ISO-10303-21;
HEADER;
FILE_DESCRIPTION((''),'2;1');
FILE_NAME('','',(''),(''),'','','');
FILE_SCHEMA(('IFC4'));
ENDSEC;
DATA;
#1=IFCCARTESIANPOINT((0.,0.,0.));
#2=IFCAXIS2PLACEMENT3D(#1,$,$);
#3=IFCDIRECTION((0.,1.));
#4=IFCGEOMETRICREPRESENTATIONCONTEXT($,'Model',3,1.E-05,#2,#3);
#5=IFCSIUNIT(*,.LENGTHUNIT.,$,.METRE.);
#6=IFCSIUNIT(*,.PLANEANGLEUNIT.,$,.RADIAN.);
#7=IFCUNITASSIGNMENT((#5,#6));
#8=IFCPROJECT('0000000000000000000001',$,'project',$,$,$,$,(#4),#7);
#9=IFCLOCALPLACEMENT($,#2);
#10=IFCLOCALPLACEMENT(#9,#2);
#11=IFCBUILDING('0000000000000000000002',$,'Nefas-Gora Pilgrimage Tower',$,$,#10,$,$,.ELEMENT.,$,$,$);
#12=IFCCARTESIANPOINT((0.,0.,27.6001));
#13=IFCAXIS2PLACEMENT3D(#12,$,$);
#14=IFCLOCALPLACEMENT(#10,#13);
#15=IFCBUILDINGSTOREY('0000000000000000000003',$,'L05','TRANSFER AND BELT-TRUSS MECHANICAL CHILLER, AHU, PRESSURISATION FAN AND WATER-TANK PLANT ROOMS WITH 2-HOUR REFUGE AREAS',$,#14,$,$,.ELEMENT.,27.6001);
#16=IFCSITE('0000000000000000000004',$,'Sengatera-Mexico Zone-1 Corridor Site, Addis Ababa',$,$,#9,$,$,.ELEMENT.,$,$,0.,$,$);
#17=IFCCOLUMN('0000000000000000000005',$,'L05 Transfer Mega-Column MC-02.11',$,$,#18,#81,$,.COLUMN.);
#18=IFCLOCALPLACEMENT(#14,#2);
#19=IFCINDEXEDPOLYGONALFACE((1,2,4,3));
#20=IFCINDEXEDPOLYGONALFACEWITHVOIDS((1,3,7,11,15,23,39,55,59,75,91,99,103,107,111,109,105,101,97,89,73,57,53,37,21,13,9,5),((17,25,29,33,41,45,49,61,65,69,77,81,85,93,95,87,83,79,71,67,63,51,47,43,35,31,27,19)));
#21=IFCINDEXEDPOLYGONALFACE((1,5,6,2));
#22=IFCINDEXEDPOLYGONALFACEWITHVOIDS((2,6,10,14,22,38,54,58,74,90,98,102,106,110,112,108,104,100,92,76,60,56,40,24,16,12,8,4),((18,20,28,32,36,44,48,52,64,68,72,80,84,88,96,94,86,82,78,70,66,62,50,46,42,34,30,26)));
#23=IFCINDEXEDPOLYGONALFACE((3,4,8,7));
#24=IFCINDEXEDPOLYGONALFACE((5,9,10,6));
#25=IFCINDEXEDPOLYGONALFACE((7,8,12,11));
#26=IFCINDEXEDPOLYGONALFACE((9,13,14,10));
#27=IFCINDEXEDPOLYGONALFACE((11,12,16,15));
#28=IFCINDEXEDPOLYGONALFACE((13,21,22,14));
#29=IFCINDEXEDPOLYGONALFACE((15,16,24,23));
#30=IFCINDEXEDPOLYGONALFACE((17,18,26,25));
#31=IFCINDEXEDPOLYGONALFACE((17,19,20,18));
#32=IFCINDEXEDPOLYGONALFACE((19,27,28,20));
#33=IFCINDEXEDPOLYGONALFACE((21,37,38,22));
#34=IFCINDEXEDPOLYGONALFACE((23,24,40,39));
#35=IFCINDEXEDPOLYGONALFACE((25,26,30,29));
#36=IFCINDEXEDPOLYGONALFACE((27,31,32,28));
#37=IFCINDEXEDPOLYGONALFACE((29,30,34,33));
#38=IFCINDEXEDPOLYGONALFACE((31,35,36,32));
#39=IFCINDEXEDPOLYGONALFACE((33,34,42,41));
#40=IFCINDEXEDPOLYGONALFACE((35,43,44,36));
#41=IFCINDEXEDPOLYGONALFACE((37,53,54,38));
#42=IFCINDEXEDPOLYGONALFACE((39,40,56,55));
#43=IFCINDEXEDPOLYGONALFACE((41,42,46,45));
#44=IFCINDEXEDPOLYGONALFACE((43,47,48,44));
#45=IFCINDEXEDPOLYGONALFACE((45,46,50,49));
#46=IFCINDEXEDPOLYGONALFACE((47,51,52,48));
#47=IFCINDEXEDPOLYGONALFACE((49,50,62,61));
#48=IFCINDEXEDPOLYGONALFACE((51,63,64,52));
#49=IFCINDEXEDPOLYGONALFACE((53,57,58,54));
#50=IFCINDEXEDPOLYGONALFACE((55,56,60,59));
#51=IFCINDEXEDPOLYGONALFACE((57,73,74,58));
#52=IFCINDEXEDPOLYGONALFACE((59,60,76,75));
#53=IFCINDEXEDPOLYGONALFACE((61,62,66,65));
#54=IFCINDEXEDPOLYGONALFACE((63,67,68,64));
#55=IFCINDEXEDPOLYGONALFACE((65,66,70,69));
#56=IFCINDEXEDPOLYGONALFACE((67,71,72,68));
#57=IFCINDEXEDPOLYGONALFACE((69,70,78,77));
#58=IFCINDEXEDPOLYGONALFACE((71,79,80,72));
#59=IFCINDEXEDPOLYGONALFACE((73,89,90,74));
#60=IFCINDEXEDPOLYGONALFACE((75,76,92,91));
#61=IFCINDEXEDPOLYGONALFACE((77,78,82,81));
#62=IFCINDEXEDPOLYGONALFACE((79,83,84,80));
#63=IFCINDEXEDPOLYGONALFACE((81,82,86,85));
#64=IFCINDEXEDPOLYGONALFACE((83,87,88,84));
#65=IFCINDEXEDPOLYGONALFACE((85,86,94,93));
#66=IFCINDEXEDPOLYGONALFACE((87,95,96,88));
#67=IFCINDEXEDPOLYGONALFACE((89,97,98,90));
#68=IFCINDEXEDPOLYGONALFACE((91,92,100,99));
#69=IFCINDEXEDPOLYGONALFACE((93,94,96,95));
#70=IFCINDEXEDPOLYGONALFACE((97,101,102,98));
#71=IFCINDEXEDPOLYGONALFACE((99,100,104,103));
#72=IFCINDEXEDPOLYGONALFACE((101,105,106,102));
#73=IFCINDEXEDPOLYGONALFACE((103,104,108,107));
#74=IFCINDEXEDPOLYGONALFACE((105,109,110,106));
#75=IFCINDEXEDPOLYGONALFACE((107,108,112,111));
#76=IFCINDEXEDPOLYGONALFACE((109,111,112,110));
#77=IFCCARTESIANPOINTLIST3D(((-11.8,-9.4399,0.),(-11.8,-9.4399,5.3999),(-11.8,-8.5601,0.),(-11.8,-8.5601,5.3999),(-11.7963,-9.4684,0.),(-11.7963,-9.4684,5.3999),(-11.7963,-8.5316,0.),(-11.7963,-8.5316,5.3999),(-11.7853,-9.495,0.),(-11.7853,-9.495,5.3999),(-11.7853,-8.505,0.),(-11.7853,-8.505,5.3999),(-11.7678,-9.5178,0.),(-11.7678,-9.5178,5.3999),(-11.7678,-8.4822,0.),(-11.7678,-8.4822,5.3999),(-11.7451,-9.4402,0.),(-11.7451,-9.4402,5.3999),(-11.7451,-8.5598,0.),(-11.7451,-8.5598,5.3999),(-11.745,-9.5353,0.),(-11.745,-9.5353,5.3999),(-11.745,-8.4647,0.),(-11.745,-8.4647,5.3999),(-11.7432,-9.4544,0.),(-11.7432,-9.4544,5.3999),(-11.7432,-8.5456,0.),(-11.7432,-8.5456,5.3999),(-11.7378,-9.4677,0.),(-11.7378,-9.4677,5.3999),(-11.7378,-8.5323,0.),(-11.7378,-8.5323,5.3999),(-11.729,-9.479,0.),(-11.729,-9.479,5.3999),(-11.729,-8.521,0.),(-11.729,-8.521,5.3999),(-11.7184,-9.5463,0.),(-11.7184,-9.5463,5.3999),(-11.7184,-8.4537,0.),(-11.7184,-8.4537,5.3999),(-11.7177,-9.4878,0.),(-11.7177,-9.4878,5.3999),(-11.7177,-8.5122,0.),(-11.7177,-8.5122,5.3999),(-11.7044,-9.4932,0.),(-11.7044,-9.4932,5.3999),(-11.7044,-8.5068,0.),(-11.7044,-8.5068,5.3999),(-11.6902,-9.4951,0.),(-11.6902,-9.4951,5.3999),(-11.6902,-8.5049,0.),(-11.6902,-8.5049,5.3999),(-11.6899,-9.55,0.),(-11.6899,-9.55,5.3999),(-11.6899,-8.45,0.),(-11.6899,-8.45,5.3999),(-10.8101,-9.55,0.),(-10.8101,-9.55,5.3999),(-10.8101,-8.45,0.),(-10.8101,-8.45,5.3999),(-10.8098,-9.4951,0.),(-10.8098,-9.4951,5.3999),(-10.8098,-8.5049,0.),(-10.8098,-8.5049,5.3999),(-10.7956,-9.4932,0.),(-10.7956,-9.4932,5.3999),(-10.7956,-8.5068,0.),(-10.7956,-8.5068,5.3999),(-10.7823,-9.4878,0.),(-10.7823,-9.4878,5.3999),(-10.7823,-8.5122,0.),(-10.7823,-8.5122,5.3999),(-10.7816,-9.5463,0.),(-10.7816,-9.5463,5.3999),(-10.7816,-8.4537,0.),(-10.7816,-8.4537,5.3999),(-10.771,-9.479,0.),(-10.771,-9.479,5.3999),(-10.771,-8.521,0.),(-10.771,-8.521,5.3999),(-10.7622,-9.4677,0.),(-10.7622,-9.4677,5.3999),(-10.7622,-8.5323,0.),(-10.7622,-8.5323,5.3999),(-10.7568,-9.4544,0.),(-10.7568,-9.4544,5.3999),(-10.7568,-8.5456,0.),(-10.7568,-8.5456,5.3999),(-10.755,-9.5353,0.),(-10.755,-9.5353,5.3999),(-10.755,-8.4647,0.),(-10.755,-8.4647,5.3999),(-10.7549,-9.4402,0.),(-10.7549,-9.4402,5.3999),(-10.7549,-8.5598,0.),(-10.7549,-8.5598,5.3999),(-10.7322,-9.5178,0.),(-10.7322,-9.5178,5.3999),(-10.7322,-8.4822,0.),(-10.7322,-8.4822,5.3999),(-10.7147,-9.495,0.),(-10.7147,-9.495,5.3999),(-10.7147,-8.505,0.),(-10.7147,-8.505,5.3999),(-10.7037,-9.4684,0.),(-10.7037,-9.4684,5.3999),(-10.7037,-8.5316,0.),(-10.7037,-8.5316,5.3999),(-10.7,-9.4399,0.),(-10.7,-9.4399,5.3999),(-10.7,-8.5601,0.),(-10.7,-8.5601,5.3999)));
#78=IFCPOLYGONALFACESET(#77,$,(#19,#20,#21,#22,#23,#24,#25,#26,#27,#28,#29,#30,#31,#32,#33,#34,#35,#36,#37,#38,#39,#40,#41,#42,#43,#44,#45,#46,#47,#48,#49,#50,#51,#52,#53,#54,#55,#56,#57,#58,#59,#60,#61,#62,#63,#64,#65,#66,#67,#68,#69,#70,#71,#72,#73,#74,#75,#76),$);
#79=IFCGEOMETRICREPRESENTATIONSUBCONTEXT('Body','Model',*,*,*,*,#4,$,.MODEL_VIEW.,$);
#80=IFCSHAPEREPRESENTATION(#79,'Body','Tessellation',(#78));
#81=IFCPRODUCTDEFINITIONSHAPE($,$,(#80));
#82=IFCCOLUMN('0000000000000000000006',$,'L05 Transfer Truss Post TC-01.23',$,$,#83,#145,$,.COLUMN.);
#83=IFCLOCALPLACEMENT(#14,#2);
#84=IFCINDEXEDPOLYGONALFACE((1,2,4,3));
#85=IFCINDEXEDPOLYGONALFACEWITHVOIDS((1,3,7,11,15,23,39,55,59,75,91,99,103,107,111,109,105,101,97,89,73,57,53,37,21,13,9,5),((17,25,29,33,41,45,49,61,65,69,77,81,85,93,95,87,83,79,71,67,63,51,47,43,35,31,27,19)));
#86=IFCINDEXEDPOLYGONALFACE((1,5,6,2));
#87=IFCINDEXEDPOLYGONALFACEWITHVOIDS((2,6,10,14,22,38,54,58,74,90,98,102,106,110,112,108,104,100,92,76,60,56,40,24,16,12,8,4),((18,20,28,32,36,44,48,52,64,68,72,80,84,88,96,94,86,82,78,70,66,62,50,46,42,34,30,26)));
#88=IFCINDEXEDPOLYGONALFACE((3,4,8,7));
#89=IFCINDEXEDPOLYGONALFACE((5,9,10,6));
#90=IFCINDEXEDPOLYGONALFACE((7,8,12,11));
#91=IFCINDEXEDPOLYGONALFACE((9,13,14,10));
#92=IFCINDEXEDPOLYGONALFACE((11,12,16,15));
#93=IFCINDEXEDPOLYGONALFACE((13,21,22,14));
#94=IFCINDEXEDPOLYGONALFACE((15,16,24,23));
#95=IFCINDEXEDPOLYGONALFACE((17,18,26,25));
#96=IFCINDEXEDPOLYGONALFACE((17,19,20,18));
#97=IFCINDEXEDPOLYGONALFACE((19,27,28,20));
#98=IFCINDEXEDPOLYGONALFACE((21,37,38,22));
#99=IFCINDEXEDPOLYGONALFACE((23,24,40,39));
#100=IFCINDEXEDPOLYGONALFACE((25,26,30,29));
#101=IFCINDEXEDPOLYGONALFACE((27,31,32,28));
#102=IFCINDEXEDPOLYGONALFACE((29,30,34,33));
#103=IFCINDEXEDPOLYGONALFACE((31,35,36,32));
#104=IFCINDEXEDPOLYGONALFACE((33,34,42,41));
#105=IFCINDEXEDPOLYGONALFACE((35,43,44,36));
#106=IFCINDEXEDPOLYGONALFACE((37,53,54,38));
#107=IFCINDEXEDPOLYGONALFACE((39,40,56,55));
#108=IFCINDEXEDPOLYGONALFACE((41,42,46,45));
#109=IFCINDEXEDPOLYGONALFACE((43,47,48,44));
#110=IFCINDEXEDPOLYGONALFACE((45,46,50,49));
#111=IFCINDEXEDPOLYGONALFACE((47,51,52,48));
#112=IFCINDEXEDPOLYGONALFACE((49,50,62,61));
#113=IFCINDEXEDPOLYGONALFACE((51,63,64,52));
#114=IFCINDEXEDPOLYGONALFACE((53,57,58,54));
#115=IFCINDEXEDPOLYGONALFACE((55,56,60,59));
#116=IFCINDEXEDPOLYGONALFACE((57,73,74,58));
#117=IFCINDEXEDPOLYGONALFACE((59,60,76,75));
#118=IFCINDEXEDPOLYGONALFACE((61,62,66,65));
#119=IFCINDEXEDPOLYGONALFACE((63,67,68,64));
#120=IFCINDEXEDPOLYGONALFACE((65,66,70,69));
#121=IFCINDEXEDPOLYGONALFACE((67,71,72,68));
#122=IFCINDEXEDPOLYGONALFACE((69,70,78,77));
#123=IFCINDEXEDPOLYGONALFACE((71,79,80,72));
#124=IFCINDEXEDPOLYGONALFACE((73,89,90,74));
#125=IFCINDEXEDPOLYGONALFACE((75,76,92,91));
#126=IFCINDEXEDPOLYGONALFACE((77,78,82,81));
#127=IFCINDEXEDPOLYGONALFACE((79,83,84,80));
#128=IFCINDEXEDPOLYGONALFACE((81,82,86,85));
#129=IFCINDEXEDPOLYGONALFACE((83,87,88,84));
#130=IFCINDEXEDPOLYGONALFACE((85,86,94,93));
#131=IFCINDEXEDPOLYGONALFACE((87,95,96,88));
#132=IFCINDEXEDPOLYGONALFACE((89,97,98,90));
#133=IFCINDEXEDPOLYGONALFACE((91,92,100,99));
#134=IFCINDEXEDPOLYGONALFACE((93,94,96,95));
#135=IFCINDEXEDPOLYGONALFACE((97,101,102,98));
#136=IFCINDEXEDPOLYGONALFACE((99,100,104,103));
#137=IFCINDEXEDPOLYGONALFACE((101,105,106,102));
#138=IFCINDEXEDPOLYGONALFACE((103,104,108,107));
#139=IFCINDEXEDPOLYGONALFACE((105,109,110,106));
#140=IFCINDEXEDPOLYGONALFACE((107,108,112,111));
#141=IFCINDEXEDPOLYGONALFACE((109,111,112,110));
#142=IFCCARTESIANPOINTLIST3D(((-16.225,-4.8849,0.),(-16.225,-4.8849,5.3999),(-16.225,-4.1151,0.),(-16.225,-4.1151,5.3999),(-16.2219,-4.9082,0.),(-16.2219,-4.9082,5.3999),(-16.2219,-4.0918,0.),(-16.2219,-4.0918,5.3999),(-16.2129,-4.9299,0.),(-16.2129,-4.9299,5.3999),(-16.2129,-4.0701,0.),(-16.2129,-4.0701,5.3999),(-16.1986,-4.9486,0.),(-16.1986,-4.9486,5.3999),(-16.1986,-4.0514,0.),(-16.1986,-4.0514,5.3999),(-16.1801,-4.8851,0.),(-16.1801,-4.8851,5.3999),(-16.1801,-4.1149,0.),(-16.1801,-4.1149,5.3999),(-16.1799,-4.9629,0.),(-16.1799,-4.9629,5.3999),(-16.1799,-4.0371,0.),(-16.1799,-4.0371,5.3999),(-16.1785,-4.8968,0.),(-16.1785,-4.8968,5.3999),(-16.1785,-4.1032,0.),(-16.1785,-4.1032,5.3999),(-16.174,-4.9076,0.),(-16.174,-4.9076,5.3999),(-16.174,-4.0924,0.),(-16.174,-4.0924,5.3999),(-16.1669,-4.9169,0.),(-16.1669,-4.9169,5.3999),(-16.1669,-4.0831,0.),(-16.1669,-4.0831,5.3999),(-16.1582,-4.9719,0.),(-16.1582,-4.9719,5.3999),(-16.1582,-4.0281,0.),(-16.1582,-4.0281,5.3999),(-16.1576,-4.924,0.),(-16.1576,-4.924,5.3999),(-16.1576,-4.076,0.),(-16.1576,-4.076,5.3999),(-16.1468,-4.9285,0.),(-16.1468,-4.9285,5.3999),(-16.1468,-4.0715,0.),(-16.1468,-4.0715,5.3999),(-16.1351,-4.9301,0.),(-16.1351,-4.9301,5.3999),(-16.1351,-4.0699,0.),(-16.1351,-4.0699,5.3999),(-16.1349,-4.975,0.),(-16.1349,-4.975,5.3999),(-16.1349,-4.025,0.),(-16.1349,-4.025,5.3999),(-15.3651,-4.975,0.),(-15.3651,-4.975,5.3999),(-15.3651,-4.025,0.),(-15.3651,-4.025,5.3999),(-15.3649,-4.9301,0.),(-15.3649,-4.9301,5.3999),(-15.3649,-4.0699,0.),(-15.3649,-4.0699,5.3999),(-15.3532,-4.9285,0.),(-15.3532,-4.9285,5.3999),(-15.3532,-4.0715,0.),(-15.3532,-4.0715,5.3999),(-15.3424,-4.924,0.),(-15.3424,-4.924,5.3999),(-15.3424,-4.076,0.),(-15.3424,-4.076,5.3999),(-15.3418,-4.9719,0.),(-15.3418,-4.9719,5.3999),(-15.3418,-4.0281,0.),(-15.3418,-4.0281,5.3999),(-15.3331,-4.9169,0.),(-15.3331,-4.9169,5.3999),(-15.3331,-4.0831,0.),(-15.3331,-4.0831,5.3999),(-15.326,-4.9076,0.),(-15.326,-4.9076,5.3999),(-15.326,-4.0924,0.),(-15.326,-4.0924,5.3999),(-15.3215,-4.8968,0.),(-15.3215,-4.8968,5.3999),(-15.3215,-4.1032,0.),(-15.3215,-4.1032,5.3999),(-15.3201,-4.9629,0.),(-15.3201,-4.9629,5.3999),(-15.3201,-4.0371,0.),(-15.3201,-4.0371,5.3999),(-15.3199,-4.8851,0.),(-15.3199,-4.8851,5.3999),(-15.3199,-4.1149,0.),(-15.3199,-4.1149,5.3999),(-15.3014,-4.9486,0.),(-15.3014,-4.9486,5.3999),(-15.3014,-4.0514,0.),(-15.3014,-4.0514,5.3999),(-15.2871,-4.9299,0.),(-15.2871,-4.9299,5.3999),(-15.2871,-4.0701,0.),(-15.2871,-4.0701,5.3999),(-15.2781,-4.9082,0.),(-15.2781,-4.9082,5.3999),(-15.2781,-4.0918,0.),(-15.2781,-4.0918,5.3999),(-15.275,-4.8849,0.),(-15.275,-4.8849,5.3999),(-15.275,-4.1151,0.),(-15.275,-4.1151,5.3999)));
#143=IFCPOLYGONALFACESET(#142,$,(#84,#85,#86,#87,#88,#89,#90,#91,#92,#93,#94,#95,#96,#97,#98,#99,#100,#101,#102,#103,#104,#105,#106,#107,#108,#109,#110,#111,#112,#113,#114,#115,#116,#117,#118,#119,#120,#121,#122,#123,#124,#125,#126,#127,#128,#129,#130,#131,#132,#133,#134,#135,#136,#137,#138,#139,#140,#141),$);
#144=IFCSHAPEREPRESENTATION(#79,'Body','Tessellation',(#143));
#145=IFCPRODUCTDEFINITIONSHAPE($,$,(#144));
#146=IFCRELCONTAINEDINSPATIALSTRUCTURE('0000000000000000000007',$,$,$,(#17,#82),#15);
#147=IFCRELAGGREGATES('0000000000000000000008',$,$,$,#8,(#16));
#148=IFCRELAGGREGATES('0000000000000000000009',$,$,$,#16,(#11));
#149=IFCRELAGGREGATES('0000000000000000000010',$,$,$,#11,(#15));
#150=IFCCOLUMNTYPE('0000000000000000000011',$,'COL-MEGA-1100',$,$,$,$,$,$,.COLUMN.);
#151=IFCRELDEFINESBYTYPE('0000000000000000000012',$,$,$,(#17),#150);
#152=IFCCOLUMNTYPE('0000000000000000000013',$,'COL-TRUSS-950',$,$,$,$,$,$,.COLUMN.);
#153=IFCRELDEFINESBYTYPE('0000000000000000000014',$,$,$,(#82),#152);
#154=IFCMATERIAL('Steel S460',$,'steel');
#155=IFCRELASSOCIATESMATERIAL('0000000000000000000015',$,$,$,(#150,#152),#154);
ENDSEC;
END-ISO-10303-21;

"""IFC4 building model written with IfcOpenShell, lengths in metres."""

from ifc_helpers import new_model, si_unit, direction, frame, origin, origin_2d, place, context, subcontext, project, spatial, hollow_rectangle, extrude, source, transform, mapped, material, material_profile, profile_set, type_object, element, save


model = new_model("IFC4")

# Units and contexts
model_context = context("Model", 3, precision=1e-05, world=origin(), true_north=direction((0.0, 1.0)))
body_context = subcontext(model_context, "Body", "Model", "MODEL_VIEW")
ifc_project = project(units=[si_unit("LENGTHUNIT", "METRE"), si_unit("PLANEANGLEUNIT", "RADIAN")], contexts=[model_context])

# Site, building, storey
site_placement = place(None, origin())
site = spatial("IfcSite", under=ifc_project, at=site_placement, Name="Sengatera-Mexico Zone-1 Corridor Site, Addis Ababa", CompositionType="ELEMENT", RefElevation=0.0)
building_placement = place(site_placement, origin())
building = spatial("IfcBuilding", under=site, at=building_placement, Name="Nefas-Gora Pilgrimage Tower", CompositionType="ELEMENT")
storey_placement = place(building_placement, frame((0.0, 0.0, 27.6001)))
storey = spatial("IfcBuildingStorey", under=building, at=storey_placement, Name="L05", Description="TRANSFER AND BELT-TRUSS MECHANICAL CHILLER, AHU, PRESSURISATION FAN AND WATER-TANK PLANT ROOMS WITH 2-HOUR REFUGE AREAS", CompositionType="ELEMENT", Elevation=27.6001)

# Columns
ifc_material_1 = material(Name="Steel S460", Category="steel")
ifc_material_profile_1 = material_profile(ifc_material_1, hollow_rectangle(XDim=1.1001, YDim=1.1001, WallThickness=0.0549, InnerFilletRadius=0.0549, OuterFilletRadius=0.1101, at=origin_2d()), Name="BOX 1100x1100x55")
ifc_profile_set_1 = profile_set([ifc_material_profile_1], Name="Steel S460")
column_type_1 = type_object("IfcColumnType", Name="COL-MEGA-1100", PredefinedType="COLUMN", material=ifc_profile_set_1)
shared_shape_1 = source(origin(), body_context, "Body", "SweptSolid", [
    extrude(hollow_rectangle(XDim=1.1001, YDim=1.1001, WallThickness=0.0549, InnerFilletRadius=0.0549, OuterFilletRadius=0.1101, at=origin_2d()), origin(), (0.0, 0.0, 1.0), 5.3999),
])
column_placement = place(storey_placement, frame((-11.25, -9.0, 0.0), z_axis=(0.0, 0.0, 1.0), x_axis=(1.0, 0.0, 0.0)))
element("IfcColumn", 1, at=column_placement, inside=storey, type_object=column_type_1, Name="L05 Transfer Mega-Column MC-02.11", PredefinedType="COLUMN", context=body_context, shape_type="MappedRepresentation", body=[
    mapped(shared_shape_1, transform((0.0, 0.0, 0.0), x_axis=(1.0, 0.0, 0.0), y_axis=(0.0, 1.0, 0.0), z_axis=(0.0, 0.0, 1.0), scale=1.0)),
])
ifc_material_profile_2 = material_profile(ifc_material_1, hollow_rectangle(XDim=0.95, YDim=0.95, WallThickness=0.0449, InnerFilletRadius=0.0449, OuterFilletRadius=0.0901, at=origin_2d()), Name="BOX 950x950x45")
ifc_profile_set_2 = profile_set([ifc_material_profile_2], Name="Steel S460")
column_type_2 = type_object("IfcColumnType", Name="COL-TRUSS-950", PredefinedType="COLUMN", material=ifc_profile_set_2)
shared_shape_2 = source(origin(), body_context, "Body", "SweptSolid", [
    extrude(hollow_rectangle(XDim=0.95, YDim=0.95, WallThickness=0.0449, InnerFilletRadius=0.0449, OuterFilletRadius=0.0901, at=origin_2d()), origin(), (0.0, 0.0, 1.0), 5.3999),
])
for number, where, z_axis, x_axis, name in (
    (2, (-15.75, -4.5, 0.0), (0.0, 0.0, 1.0), (1.0, 0.0, 0.0), "L05 Transfer Truss Post TC-01.23"),
):
    element("IfcColumn", number, at=place(storey_placement, frame(where, z_axis=z_axis, x_axis=x_axis)), inside=storey, type_object=column_type_2, Name=name, PredefinedType="COLUMN", context=body_context, shape_type="MappedRepresentation", body=[
        mapped(shared_shape_2, transform((0.0, 0.0, 0.0), x_axis=(1.0, 0.0, 0.0), y_axis=(0.0, 1.0, 0.0), z_axis=(0.0, 0.0, 1.0), scale=1.0)),
    ])

save(model, "model.ifc")
